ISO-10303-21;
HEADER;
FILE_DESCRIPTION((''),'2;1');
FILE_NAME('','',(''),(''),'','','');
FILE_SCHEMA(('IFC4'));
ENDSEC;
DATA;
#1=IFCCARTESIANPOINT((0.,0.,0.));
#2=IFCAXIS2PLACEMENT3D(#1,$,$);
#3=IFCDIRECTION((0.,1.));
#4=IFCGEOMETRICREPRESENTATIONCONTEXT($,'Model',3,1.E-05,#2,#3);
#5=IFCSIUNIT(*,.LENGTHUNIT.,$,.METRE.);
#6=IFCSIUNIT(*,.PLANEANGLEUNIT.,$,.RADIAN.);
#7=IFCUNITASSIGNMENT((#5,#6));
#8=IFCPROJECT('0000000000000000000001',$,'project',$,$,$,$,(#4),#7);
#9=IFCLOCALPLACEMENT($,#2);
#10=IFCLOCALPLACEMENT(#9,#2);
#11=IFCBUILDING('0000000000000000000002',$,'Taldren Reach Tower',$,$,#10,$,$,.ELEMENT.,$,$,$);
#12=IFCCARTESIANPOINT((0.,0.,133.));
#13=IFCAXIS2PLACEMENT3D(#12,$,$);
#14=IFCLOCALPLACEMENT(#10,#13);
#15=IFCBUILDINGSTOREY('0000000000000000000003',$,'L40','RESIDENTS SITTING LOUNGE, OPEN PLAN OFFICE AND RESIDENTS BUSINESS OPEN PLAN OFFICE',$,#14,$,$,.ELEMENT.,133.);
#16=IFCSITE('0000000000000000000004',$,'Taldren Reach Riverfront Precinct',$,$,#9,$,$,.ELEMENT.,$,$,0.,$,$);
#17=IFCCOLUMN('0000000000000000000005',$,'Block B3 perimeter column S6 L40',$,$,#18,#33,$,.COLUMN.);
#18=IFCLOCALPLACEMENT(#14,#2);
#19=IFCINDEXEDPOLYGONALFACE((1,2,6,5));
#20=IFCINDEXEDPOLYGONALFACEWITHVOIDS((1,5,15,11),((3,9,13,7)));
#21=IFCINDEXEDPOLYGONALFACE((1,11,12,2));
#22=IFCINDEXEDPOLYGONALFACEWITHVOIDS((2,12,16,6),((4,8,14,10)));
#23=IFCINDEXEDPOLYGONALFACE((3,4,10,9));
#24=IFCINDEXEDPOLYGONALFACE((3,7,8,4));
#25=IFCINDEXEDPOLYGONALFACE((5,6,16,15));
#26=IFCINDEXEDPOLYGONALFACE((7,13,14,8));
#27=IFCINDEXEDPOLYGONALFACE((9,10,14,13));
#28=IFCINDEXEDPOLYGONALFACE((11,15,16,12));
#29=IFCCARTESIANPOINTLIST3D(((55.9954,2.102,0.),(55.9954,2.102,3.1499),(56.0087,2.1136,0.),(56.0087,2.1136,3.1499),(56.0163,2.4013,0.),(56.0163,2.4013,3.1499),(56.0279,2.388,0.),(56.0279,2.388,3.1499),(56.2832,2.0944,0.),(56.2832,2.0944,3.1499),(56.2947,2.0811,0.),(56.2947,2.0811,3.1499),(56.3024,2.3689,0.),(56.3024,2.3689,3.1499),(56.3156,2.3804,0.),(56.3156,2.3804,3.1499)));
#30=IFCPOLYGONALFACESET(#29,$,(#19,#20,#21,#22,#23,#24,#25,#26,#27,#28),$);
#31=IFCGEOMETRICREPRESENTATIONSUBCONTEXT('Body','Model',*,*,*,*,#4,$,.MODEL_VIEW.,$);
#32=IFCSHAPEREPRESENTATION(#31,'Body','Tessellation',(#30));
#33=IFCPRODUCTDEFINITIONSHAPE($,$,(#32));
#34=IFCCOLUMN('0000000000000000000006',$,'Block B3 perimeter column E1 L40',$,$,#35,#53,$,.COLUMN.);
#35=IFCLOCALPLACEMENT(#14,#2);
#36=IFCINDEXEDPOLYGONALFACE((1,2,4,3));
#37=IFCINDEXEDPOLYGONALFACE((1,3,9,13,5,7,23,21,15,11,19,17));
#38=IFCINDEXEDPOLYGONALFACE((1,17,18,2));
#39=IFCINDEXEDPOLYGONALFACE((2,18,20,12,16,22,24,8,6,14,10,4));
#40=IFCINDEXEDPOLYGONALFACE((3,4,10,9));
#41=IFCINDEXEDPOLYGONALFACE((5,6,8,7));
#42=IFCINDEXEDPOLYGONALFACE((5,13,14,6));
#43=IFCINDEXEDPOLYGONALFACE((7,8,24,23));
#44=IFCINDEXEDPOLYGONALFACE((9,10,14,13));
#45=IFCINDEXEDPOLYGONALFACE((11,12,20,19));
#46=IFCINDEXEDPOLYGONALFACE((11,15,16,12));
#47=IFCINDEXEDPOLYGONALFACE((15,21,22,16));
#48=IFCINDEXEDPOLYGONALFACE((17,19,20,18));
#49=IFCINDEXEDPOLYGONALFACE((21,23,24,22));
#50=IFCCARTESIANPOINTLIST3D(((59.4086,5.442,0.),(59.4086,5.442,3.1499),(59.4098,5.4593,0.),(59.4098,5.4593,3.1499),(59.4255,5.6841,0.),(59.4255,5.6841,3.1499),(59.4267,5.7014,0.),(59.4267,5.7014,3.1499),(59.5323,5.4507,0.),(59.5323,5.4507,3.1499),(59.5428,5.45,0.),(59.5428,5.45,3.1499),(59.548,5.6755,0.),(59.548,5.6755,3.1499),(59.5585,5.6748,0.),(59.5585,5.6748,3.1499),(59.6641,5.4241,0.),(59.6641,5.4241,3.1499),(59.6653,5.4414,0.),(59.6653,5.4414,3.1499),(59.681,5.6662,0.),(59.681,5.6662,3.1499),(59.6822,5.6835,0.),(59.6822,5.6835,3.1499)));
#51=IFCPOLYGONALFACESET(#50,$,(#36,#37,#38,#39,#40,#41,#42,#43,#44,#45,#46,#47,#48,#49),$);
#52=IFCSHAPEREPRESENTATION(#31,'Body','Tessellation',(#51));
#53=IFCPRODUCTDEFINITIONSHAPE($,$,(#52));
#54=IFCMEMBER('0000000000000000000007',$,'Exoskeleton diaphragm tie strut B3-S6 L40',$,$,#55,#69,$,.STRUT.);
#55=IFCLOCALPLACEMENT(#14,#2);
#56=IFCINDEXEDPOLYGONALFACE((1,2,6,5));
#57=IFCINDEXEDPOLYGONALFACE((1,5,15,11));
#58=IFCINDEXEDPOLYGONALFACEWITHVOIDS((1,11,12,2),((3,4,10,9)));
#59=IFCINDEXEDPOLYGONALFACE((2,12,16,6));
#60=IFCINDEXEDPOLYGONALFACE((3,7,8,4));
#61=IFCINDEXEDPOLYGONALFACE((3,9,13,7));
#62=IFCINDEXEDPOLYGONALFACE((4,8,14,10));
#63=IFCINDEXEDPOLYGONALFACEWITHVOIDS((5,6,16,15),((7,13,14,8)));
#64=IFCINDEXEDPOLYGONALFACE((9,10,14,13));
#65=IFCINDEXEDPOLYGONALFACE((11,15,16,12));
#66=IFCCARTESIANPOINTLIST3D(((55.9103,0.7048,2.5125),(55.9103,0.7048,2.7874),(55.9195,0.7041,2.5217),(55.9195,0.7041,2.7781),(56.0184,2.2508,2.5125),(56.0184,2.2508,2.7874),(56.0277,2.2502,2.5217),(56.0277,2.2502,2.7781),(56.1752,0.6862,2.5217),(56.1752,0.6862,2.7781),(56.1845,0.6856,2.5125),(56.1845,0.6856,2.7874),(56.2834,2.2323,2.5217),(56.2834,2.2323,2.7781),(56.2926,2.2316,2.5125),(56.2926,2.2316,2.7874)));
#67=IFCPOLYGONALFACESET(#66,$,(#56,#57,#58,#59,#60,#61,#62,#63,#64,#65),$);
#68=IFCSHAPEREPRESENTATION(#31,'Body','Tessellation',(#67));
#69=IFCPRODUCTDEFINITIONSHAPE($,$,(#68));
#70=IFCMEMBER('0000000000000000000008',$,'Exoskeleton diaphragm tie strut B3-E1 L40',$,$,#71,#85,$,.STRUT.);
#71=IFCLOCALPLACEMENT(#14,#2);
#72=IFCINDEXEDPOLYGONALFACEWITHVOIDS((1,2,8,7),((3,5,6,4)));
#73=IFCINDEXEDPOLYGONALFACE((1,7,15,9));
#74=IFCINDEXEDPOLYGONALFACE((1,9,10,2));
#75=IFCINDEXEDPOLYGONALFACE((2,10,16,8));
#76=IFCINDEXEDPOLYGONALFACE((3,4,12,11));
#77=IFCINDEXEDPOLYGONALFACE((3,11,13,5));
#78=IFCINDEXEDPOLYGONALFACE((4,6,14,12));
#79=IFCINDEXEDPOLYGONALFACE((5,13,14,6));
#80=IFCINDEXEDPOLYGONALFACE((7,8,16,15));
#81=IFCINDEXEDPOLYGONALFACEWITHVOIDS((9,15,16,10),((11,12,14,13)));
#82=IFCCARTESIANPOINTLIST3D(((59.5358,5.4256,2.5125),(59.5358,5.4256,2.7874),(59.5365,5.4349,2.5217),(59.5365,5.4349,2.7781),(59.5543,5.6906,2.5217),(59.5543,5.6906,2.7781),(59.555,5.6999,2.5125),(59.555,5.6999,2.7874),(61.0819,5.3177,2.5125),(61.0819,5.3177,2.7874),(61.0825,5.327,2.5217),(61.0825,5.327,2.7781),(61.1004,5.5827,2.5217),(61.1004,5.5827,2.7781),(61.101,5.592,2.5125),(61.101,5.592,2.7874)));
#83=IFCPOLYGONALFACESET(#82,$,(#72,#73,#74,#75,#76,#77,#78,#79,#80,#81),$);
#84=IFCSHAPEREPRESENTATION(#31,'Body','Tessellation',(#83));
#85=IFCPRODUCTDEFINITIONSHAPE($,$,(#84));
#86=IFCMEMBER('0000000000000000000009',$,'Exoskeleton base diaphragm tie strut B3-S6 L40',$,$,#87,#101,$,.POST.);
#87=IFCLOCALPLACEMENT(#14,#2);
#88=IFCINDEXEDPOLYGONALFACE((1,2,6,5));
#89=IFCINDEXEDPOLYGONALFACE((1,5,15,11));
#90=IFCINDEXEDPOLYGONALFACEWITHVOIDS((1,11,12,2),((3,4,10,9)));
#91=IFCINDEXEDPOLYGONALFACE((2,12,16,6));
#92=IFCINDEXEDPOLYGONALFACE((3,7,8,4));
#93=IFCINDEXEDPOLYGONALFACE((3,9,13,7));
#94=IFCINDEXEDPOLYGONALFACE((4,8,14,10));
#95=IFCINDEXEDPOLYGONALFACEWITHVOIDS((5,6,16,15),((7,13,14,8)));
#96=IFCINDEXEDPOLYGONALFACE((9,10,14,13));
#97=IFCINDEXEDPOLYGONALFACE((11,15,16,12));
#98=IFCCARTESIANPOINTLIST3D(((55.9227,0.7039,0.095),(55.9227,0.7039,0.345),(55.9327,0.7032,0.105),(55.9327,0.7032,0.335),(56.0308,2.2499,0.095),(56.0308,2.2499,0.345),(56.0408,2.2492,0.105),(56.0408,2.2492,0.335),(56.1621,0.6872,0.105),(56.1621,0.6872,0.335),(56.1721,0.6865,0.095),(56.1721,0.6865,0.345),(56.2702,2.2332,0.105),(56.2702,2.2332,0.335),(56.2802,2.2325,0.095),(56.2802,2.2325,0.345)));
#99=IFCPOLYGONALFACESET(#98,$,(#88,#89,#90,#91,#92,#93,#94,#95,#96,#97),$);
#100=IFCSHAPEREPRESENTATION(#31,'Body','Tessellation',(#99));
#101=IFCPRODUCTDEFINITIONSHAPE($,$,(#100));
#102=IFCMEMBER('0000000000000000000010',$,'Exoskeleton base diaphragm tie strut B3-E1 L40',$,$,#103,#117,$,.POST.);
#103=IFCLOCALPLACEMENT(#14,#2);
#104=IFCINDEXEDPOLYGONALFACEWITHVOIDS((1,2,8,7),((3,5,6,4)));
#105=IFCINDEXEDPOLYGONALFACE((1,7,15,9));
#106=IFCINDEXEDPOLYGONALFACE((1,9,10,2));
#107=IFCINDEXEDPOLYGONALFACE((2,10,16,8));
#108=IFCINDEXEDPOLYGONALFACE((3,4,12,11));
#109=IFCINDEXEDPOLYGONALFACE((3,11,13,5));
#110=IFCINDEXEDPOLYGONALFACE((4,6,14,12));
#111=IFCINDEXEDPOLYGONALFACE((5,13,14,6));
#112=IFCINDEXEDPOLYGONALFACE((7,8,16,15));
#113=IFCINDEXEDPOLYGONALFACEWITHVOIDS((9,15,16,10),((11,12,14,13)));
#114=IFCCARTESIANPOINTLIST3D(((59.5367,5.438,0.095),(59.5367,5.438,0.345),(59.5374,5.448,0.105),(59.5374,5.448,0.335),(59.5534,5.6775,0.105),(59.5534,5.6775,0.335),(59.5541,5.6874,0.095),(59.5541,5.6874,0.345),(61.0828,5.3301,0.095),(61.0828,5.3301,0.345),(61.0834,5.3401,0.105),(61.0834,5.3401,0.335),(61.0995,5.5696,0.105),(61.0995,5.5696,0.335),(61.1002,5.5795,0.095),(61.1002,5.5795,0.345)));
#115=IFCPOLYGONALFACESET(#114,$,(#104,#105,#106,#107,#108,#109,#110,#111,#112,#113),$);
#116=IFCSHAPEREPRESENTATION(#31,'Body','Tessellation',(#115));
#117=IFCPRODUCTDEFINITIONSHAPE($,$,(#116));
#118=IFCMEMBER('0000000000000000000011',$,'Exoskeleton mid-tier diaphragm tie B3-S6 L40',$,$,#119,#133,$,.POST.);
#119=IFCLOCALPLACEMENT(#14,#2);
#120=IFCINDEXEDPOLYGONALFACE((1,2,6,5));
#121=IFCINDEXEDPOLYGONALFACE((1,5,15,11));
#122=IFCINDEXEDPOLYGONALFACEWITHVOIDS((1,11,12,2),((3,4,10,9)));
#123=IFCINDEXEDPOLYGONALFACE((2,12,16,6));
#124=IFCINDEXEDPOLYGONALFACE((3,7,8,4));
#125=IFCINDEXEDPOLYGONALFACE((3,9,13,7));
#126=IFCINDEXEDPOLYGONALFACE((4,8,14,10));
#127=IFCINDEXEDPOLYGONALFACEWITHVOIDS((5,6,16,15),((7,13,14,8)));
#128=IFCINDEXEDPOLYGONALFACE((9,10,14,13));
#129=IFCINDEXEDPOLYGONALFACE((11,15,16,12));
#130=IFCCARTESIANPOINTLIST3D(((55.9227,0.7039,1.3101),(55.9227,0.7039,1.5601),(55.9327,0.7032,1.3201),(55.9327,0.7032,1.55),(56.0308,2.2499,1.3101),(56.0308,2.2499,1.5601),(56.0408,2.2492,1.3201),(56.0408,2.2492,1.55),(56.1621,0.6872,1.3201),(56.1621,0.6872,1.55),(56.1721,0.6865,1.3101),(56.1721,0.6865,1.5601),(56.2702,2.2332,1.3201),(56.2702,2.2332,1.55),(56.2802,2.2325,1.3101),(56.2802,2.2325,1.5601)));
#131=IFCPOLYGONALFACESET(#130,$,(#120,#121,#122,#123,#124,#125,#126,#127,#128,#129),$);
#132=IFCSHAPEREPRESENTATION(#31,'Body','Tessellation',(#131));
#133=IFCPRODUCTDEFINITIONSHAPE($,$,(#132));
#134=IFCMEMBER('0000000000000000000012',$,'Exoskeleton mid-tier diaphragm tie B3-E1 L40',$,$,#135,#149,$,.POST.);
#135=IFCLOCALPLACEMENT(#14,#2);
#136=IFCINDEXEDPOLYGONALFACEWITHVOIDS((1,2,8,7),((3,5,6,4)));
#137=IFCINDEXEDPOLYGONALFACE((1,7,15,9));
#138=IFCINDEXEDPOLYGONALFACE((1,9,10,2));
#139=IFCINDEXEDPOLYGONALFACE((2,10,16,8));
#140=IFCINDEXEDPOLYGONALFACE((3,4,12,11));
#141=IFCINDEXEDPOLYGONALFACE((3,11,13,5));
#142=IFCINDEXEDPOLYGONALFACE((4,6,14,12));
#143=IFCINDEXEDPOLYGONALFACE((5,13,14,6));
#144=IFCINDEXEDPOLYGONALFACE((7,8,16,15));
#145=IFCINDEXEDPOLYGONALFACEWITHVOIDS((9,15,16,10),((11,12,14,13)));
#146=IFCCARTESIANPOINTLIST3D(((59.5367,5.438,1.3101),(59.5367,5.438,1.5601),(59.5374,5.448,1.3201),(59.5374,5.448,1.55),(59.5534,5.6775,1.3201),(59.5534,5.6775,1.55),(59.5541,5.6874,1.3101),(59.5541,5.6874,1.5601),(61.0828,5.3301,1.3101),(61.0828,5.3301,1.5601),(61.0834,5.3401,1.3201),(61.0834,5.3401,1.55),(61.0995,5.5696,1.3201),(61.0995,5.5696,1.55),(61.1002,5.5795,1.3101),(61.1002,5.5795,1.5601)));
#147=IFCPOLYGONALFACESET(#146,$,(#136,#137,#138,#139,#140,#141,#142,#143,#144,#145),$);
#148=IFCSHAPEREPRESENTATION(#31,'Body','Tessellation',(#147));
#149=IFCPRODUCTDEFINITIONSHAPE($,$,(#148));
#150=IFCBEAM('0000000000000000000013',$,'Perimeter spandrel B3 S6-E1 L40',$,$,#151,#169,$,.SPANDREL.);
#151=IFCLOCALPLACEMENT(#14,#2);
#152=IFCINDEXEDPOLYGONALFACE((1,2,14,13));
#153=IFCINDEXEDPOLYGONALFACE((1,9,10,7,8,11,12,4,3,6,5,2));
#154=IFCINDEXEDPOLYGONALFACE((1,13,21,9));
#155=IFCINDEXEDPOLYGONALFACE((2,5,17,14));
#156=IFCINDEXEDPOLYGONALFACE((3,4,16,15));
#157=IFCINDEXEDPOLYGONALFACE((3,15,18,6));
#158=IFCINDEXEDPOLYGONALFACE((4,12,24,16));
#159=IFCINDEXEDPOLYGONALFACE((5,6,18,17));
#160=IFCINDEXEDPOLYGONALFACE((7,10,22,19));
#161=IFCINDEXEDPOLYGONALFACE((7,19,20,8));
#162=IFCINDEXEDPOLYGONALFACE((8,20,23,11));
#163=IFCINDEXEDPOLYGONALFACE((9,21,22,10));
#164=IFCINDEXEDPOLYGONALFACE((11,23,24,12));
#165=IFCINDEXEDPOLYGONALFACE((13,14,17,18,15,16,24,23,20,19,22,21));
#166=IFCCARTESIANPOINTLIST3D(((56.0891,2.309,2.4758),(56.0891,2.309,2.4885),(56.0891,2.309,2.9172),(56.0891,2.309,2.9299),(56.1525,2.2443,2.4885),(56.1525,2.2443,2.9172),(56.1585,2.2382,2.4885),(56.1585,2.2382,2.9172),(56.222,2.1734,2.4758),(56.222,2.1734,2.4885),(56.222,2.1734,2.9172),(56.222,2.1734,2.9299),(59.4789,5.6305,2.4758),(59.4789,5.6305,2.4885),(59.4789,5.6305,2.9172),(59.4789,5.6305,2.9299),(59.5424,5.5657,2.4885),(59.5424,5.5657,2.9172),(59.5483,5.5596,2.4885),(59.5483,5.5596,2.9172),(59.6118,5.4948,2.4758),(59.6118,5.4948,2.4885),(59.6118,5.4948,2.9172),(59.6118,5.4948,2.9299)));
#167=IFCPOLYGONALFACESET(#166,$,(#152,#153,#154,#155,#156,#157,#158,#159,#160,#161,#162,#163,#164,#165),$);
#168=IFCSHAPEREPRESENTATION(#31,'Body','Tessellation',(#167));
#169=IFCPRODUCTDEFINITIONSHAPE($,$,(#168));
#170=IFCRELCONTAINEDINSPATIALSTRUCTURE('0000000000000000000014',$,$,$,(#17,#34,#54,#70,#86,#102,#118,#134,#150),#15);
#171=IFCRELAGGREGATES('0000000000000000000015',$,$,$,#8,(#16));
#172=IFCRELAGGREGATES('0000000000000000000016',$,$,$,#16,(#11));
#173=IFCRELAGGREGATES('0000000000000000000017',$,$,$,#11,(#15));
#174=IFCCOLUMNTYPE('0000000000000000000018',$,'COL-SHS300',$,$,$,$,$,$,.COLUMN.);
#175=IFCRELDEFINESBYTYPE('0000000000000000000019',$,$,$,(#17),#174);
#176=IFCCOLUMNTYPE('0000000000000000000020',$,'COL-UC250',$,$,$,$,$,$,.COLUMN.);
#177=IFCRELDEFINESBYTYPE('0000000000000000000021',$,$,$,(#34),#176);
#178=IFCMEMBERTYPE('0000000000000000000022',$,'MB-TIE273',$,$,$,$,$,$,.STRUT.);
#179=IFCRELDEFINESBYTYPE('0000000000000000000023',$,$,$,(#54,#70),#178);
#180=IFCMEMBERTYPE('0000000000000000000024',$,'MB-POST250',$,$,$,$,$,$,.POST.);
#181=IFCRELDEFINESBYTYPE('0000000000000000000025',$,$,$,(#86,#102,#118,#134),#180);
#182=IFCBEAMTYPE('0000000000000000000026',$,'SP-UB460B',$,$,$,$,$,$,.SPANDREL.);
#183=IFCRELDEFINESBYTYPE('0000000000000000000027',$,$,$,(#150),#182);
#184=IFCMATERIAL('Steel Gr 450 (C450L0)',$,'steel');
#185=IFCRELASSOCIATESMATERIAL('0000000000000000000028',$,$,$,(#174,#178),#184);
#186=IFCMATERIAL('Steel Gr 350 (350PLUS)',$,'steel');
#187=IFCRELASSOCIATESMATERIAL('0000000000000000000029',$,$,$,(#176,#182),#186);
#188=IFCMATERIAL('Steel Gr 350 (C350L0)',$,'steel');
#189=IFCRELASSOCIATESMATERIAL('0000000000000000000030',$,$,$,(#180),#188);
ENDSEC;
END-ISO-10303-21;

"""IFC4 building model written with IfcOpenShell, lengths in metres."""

from ifc_helpers import new_model, si_unit, direction, frame, origin, origin_2d, place, context, subcontext, project, spatial, hollow_rectangle, i_section, extrude, source, transform, mapped, material, material_profile, profile_set, type_object, element, save


model = new_model("IFC4")

# Units and contexts
model_context = context("Model", 3, precision=1e-05, world=origin(), true_north=direction((0.0, 1.0)))
body_context = subcontext(model_context, "Body", "Model", "MODEL_VIEW")
ifc_project = project(units=[si_unit("LENGTHUNIT", "METRE"), si_unit("PLANEANGLEUNIT", "RADIAN")], contexts=[model_context])

# Site, building, storey
site_placement = place(None, origin())
site = spatial("IfcSite", under=ifc_project, at=site_placement, Name="Taldren Reach Riverfront Precinct", CompositionType="ELEMENT", RefElevation=0.0)
building_placement = place(site_placement, origin())
building = spatial("IfcBuilding", under=site, at=building_placement, Name="Taldren Reach Tower", CompositionType="ELEMENT")
storey_placement = place(building_placement, frame((0.0, 0.0, 133.0)))
storey = spatial("IfcBuildingStorey", under=building, at=storey_placement, Name="L40", Description="RESIDENTS SITTING LOUNGE, OPEN PLAN OFFICE AND RESIDENTS BUSINESS OPEN PLAN OFFICE", CompositionType="ELEMENT", Elevation=133.0)

# Columns
ifc_material_1 = material(Name="Steel Gr 450 (C450L0)", Category="steel")
ifc_material_profile_1 = material_profile(ifc_material_1, hollow_rectangle(XDim=0.3, YDim=0.3, WallThickness=0.0125, at=origin_2d()), Name="300x300x12.5SHS")
ifc_profile_set_1 = profile_set([ifc_material_profile_1], Name="Steel Gr 450 (C450L0)")
column_type_1 = type_object("IfcColumnType", Name="COL-SHS300", PredefinedType="COLUMN", material=ifc_profile_set_1)
shared_shape_1 = source(origin(), body_context, "Body", "SweptSolid", [
    extrude(hollow_rectangle(XDim=0.3, YDim=0.3, WallThickness=0.0125, at=origin_2d()), origin(), (0.0, 0.0, 1.0), 3.1499),
])
column_1_placement = place(storey_placement, frame((56.1555, 2.2412, 0.0), z_axis=(0.0, 0.0, 1.0), x_axis=(0.997564, -0.069756, 0.0)))
element("IfcColumn", 1, at=column_1_placement, inside=storey, type_object=column_type_1, Name="Block B3 perimeter column S6 L40", PredefinedType="COLUMN", context=body_context, shape_type="MappedRepresentation", body=[
    mapped(shared_shape_1, transform((0.0, 0.0, 0.0), scale=1.0)),
])
ifc_material_2 = material(Name="Steel Gr 350 (350PLUS)", Category="steel")
ifc_material_profile_2 = material_profile(ifc_material_2, i_section(OverallWidth=0.2561, OverallDepth=0.26, WebThickness=0.0105, FlangeThickness=0.0173, at=origin_2d()), Name="250UC89.5")
ifc_profile_set_2 = profile_set([ifc_material_profile_2], Name="Steel Gr 350 (350PLUS)")
column_type_2 = type_object("IfcColumnType", Name="COL-UC250", PredefinedType="COLUMN", material=ifc_profile_set_2)
shared_shape_2 = source(origin(), body_context, "Body", "SweptSolid", [
    extrude(i_section(OverallWidth=0.2561, OverallDepth=0.26, WebThickness=0.0105, FlangeThickness=0.0173, at=origin_2d()), origin(), (0.0, 0.0, 1.0), 3.1499),
])
column_2_placement = place(storey_placement, frame((59.5454, 5.5627, 0.0), z_axis=(0.0, 0.0, 1.0), x_axis=(0.997564, -0.069756, 0.0)))
element("IfcColumn", 2, at=column_2_placement, inside=storey, type_object=column_type_2, Name="Block B3 perimeter column E1 L40", PredefinedType="COLUMN", context=body_context, shape_type="MappedRepresentation", body=[
    mapped(shared_shape_2, transform((0.0, 0.0, 0.0), scale=1.0)),
])

# Members
ifc_material_profile_3 = material_profile(ifc_material_1, hollow_rectangle(XDim=0.2749, YDim=0.2749, WallThickness=0.0093, at=origin_2d()), Name="275x275x9.3SHS")
ifc_profile_set_3 = profile_set([ifc_material_profile_3], Name="Steel Gr 450 (C450L0)")
member_type_1 = type_object("IfcMemberType", Name="MB-TIE273", PredefinedType="STRUT", material=ifc_profile_set_3)
shared_shape_3 = source(origin(), body_context, "Body", "SweptSolid", [
    extrude(hollow_rectangle(XDim=0.2749, YDim=0.2749, WallThickness=0.0093, at=origin_2d()), origin(), (0.0, 0.0, 1.0), 1.5498),
])
for number, where, z_axis, x_axis, name in (
    (3, (56.1555, 2.2412, 2.6499), (-0.069781, -0.997562, 0.0), (0.997562, -0.069781, 0.0), "Exoskeleton diaphragm tie strut B3-S6 L40"),
    (4, (59.5454, 5.5627, 2.6499), (0.997573, -0.069624, 0.0), (0.069624, 0.997573, 0.0), "Exoskeleton diaphragm tie strut B3-E1 L40"),
):
    element("IfcMember", number, at=place(storey_placement, frame(where, z_axis=z_axis, x_axis=x_axis)), inside=storey, type_object=member_type_1, Name=name, PredefinedType="STRUT", context=body_context, shape_type="MappedRepresentation", body=[
        mapped(shared_shape_3, transform((0.0, 0.0, 0.0), scale=1.0)),
    ])
ifc_material_3 = material(Name="Steel Gr 350 (C350L0)", Category="steel")
ifc_material_profile_4 = material_profile(ifc_material_3, hollow_rectangle(XDim=0.25, YDim=0.25, WallThickness=0.01, at=origin_2d()), Name="250x250x10.0SHS")
ifc_profile_set_4 = profile_set([ifc_material_profile_4], Name="Steel Gr 350 (C350L0)")
member_type_2 = type_object("IfcMemberType", Name="MB-POST250", PredefinedType="POST", material=ifc_profile_set_4)
shared_shape_4 = source(origin(), body_context, "Body", "SweptSolid", [
    extrude(hollow_rectangle(XDim=0.25, YDim=0.25, WallThickness=0.01, at=origin_2d()), origin(), (0.0, 0.0, 1.0), 1.5498),
])
for number, where, z_axis, x_axis, name in (
    (5, (56.1555, 2.2412, 0.22), (-0.069781, -0.997562, 0.0), (0.997562, -0.069781, 0.0), "Exoskeleton base diaphragm tie strut B3-S6 L40"),
    (6, (59.5454, 5.5627, 0.22), (0.997573, -0.069624, 0.0), (0.069624, 0.997573, 0.0), "Exoskeleton base diaphragm tie strut B3-E1 L40"),
    (7, (56.1555, 2.2412, 1.4351), (-0.069781, -0.997562, 0.0), (0.997562, -0.069781, 0.0), "Exoskeleton mid-tier diaphragm tie B3-S6 L40"),
    (8, (59.5454, 5.5627, 1.4351), (0.997573, -0.069624, 0.0), (0.069624, 0.997573, 0.0), "Exoskeleton mid-tier diaphragm tie B3-E1 L40"),
):
    element("IfcMember", number, at=place(storey_placement, frame(where, z_axis=z_axis, x_axis=x_axis)), inside=storey, type_object=member_type_2, Name=name, PredefinedType="POST", context=body_context, shape_type="MappedRepresentation", body=[
        mapped(shared_shape_4, transform((0.0, 0.0, 0.0), scale=1.0)),
    ])

# Beam
ifc_material_profile_5 = material_profile(ifc_material_2, i_section(OverallWidth=0.1899, OverallDepth=0.4541, WebThickness=0.0085, FlangeThickness=0.0127, at=origin_2d()), Name="460UB67.1")
ifc_profile_set_5 = profile_set([ifc_material_profile_5], Name="Steel Gr 350 (350PLUS)")
beam_type_1 = type_object("IfcBeamType", Name="SP-UB460B", PredefinedType="SPANDREL", material=ifc_profile_set_5)
shared_shape_5 = source(origin(), body_context, "Body", "SweptSolid", [
    extrude(i_section(OverallWidth=0.1899, OverallDepth=0.4541, WebThickness=0.0085, FlangeThickness=0.0127, at=origin_2d()), origin(), (0.0, 0.0, 1.0), 4.7458),
])
beam_1_placement = place(storey_placement, frame((56.1555, 2.2412, 2.7029), z_axis=(0.714272, 0.699868, 0.0), x_axis=(-0.699868, 0.714272, 0.0)))
element("IfcBeam", 9, at=beam_1_placement, inside=storey, type_object=beam_type_1, Name="Perimeter spandrel B3 S6-E1 L40", PredefinedType="SPANDREL", context=body_context, shape_type="MappedRepresentation", body=[
    mapped(shared_shape_5, transform((0.0, 0.0, 0.0), scale=1.0)),
])

save(model, "model.ifc")
